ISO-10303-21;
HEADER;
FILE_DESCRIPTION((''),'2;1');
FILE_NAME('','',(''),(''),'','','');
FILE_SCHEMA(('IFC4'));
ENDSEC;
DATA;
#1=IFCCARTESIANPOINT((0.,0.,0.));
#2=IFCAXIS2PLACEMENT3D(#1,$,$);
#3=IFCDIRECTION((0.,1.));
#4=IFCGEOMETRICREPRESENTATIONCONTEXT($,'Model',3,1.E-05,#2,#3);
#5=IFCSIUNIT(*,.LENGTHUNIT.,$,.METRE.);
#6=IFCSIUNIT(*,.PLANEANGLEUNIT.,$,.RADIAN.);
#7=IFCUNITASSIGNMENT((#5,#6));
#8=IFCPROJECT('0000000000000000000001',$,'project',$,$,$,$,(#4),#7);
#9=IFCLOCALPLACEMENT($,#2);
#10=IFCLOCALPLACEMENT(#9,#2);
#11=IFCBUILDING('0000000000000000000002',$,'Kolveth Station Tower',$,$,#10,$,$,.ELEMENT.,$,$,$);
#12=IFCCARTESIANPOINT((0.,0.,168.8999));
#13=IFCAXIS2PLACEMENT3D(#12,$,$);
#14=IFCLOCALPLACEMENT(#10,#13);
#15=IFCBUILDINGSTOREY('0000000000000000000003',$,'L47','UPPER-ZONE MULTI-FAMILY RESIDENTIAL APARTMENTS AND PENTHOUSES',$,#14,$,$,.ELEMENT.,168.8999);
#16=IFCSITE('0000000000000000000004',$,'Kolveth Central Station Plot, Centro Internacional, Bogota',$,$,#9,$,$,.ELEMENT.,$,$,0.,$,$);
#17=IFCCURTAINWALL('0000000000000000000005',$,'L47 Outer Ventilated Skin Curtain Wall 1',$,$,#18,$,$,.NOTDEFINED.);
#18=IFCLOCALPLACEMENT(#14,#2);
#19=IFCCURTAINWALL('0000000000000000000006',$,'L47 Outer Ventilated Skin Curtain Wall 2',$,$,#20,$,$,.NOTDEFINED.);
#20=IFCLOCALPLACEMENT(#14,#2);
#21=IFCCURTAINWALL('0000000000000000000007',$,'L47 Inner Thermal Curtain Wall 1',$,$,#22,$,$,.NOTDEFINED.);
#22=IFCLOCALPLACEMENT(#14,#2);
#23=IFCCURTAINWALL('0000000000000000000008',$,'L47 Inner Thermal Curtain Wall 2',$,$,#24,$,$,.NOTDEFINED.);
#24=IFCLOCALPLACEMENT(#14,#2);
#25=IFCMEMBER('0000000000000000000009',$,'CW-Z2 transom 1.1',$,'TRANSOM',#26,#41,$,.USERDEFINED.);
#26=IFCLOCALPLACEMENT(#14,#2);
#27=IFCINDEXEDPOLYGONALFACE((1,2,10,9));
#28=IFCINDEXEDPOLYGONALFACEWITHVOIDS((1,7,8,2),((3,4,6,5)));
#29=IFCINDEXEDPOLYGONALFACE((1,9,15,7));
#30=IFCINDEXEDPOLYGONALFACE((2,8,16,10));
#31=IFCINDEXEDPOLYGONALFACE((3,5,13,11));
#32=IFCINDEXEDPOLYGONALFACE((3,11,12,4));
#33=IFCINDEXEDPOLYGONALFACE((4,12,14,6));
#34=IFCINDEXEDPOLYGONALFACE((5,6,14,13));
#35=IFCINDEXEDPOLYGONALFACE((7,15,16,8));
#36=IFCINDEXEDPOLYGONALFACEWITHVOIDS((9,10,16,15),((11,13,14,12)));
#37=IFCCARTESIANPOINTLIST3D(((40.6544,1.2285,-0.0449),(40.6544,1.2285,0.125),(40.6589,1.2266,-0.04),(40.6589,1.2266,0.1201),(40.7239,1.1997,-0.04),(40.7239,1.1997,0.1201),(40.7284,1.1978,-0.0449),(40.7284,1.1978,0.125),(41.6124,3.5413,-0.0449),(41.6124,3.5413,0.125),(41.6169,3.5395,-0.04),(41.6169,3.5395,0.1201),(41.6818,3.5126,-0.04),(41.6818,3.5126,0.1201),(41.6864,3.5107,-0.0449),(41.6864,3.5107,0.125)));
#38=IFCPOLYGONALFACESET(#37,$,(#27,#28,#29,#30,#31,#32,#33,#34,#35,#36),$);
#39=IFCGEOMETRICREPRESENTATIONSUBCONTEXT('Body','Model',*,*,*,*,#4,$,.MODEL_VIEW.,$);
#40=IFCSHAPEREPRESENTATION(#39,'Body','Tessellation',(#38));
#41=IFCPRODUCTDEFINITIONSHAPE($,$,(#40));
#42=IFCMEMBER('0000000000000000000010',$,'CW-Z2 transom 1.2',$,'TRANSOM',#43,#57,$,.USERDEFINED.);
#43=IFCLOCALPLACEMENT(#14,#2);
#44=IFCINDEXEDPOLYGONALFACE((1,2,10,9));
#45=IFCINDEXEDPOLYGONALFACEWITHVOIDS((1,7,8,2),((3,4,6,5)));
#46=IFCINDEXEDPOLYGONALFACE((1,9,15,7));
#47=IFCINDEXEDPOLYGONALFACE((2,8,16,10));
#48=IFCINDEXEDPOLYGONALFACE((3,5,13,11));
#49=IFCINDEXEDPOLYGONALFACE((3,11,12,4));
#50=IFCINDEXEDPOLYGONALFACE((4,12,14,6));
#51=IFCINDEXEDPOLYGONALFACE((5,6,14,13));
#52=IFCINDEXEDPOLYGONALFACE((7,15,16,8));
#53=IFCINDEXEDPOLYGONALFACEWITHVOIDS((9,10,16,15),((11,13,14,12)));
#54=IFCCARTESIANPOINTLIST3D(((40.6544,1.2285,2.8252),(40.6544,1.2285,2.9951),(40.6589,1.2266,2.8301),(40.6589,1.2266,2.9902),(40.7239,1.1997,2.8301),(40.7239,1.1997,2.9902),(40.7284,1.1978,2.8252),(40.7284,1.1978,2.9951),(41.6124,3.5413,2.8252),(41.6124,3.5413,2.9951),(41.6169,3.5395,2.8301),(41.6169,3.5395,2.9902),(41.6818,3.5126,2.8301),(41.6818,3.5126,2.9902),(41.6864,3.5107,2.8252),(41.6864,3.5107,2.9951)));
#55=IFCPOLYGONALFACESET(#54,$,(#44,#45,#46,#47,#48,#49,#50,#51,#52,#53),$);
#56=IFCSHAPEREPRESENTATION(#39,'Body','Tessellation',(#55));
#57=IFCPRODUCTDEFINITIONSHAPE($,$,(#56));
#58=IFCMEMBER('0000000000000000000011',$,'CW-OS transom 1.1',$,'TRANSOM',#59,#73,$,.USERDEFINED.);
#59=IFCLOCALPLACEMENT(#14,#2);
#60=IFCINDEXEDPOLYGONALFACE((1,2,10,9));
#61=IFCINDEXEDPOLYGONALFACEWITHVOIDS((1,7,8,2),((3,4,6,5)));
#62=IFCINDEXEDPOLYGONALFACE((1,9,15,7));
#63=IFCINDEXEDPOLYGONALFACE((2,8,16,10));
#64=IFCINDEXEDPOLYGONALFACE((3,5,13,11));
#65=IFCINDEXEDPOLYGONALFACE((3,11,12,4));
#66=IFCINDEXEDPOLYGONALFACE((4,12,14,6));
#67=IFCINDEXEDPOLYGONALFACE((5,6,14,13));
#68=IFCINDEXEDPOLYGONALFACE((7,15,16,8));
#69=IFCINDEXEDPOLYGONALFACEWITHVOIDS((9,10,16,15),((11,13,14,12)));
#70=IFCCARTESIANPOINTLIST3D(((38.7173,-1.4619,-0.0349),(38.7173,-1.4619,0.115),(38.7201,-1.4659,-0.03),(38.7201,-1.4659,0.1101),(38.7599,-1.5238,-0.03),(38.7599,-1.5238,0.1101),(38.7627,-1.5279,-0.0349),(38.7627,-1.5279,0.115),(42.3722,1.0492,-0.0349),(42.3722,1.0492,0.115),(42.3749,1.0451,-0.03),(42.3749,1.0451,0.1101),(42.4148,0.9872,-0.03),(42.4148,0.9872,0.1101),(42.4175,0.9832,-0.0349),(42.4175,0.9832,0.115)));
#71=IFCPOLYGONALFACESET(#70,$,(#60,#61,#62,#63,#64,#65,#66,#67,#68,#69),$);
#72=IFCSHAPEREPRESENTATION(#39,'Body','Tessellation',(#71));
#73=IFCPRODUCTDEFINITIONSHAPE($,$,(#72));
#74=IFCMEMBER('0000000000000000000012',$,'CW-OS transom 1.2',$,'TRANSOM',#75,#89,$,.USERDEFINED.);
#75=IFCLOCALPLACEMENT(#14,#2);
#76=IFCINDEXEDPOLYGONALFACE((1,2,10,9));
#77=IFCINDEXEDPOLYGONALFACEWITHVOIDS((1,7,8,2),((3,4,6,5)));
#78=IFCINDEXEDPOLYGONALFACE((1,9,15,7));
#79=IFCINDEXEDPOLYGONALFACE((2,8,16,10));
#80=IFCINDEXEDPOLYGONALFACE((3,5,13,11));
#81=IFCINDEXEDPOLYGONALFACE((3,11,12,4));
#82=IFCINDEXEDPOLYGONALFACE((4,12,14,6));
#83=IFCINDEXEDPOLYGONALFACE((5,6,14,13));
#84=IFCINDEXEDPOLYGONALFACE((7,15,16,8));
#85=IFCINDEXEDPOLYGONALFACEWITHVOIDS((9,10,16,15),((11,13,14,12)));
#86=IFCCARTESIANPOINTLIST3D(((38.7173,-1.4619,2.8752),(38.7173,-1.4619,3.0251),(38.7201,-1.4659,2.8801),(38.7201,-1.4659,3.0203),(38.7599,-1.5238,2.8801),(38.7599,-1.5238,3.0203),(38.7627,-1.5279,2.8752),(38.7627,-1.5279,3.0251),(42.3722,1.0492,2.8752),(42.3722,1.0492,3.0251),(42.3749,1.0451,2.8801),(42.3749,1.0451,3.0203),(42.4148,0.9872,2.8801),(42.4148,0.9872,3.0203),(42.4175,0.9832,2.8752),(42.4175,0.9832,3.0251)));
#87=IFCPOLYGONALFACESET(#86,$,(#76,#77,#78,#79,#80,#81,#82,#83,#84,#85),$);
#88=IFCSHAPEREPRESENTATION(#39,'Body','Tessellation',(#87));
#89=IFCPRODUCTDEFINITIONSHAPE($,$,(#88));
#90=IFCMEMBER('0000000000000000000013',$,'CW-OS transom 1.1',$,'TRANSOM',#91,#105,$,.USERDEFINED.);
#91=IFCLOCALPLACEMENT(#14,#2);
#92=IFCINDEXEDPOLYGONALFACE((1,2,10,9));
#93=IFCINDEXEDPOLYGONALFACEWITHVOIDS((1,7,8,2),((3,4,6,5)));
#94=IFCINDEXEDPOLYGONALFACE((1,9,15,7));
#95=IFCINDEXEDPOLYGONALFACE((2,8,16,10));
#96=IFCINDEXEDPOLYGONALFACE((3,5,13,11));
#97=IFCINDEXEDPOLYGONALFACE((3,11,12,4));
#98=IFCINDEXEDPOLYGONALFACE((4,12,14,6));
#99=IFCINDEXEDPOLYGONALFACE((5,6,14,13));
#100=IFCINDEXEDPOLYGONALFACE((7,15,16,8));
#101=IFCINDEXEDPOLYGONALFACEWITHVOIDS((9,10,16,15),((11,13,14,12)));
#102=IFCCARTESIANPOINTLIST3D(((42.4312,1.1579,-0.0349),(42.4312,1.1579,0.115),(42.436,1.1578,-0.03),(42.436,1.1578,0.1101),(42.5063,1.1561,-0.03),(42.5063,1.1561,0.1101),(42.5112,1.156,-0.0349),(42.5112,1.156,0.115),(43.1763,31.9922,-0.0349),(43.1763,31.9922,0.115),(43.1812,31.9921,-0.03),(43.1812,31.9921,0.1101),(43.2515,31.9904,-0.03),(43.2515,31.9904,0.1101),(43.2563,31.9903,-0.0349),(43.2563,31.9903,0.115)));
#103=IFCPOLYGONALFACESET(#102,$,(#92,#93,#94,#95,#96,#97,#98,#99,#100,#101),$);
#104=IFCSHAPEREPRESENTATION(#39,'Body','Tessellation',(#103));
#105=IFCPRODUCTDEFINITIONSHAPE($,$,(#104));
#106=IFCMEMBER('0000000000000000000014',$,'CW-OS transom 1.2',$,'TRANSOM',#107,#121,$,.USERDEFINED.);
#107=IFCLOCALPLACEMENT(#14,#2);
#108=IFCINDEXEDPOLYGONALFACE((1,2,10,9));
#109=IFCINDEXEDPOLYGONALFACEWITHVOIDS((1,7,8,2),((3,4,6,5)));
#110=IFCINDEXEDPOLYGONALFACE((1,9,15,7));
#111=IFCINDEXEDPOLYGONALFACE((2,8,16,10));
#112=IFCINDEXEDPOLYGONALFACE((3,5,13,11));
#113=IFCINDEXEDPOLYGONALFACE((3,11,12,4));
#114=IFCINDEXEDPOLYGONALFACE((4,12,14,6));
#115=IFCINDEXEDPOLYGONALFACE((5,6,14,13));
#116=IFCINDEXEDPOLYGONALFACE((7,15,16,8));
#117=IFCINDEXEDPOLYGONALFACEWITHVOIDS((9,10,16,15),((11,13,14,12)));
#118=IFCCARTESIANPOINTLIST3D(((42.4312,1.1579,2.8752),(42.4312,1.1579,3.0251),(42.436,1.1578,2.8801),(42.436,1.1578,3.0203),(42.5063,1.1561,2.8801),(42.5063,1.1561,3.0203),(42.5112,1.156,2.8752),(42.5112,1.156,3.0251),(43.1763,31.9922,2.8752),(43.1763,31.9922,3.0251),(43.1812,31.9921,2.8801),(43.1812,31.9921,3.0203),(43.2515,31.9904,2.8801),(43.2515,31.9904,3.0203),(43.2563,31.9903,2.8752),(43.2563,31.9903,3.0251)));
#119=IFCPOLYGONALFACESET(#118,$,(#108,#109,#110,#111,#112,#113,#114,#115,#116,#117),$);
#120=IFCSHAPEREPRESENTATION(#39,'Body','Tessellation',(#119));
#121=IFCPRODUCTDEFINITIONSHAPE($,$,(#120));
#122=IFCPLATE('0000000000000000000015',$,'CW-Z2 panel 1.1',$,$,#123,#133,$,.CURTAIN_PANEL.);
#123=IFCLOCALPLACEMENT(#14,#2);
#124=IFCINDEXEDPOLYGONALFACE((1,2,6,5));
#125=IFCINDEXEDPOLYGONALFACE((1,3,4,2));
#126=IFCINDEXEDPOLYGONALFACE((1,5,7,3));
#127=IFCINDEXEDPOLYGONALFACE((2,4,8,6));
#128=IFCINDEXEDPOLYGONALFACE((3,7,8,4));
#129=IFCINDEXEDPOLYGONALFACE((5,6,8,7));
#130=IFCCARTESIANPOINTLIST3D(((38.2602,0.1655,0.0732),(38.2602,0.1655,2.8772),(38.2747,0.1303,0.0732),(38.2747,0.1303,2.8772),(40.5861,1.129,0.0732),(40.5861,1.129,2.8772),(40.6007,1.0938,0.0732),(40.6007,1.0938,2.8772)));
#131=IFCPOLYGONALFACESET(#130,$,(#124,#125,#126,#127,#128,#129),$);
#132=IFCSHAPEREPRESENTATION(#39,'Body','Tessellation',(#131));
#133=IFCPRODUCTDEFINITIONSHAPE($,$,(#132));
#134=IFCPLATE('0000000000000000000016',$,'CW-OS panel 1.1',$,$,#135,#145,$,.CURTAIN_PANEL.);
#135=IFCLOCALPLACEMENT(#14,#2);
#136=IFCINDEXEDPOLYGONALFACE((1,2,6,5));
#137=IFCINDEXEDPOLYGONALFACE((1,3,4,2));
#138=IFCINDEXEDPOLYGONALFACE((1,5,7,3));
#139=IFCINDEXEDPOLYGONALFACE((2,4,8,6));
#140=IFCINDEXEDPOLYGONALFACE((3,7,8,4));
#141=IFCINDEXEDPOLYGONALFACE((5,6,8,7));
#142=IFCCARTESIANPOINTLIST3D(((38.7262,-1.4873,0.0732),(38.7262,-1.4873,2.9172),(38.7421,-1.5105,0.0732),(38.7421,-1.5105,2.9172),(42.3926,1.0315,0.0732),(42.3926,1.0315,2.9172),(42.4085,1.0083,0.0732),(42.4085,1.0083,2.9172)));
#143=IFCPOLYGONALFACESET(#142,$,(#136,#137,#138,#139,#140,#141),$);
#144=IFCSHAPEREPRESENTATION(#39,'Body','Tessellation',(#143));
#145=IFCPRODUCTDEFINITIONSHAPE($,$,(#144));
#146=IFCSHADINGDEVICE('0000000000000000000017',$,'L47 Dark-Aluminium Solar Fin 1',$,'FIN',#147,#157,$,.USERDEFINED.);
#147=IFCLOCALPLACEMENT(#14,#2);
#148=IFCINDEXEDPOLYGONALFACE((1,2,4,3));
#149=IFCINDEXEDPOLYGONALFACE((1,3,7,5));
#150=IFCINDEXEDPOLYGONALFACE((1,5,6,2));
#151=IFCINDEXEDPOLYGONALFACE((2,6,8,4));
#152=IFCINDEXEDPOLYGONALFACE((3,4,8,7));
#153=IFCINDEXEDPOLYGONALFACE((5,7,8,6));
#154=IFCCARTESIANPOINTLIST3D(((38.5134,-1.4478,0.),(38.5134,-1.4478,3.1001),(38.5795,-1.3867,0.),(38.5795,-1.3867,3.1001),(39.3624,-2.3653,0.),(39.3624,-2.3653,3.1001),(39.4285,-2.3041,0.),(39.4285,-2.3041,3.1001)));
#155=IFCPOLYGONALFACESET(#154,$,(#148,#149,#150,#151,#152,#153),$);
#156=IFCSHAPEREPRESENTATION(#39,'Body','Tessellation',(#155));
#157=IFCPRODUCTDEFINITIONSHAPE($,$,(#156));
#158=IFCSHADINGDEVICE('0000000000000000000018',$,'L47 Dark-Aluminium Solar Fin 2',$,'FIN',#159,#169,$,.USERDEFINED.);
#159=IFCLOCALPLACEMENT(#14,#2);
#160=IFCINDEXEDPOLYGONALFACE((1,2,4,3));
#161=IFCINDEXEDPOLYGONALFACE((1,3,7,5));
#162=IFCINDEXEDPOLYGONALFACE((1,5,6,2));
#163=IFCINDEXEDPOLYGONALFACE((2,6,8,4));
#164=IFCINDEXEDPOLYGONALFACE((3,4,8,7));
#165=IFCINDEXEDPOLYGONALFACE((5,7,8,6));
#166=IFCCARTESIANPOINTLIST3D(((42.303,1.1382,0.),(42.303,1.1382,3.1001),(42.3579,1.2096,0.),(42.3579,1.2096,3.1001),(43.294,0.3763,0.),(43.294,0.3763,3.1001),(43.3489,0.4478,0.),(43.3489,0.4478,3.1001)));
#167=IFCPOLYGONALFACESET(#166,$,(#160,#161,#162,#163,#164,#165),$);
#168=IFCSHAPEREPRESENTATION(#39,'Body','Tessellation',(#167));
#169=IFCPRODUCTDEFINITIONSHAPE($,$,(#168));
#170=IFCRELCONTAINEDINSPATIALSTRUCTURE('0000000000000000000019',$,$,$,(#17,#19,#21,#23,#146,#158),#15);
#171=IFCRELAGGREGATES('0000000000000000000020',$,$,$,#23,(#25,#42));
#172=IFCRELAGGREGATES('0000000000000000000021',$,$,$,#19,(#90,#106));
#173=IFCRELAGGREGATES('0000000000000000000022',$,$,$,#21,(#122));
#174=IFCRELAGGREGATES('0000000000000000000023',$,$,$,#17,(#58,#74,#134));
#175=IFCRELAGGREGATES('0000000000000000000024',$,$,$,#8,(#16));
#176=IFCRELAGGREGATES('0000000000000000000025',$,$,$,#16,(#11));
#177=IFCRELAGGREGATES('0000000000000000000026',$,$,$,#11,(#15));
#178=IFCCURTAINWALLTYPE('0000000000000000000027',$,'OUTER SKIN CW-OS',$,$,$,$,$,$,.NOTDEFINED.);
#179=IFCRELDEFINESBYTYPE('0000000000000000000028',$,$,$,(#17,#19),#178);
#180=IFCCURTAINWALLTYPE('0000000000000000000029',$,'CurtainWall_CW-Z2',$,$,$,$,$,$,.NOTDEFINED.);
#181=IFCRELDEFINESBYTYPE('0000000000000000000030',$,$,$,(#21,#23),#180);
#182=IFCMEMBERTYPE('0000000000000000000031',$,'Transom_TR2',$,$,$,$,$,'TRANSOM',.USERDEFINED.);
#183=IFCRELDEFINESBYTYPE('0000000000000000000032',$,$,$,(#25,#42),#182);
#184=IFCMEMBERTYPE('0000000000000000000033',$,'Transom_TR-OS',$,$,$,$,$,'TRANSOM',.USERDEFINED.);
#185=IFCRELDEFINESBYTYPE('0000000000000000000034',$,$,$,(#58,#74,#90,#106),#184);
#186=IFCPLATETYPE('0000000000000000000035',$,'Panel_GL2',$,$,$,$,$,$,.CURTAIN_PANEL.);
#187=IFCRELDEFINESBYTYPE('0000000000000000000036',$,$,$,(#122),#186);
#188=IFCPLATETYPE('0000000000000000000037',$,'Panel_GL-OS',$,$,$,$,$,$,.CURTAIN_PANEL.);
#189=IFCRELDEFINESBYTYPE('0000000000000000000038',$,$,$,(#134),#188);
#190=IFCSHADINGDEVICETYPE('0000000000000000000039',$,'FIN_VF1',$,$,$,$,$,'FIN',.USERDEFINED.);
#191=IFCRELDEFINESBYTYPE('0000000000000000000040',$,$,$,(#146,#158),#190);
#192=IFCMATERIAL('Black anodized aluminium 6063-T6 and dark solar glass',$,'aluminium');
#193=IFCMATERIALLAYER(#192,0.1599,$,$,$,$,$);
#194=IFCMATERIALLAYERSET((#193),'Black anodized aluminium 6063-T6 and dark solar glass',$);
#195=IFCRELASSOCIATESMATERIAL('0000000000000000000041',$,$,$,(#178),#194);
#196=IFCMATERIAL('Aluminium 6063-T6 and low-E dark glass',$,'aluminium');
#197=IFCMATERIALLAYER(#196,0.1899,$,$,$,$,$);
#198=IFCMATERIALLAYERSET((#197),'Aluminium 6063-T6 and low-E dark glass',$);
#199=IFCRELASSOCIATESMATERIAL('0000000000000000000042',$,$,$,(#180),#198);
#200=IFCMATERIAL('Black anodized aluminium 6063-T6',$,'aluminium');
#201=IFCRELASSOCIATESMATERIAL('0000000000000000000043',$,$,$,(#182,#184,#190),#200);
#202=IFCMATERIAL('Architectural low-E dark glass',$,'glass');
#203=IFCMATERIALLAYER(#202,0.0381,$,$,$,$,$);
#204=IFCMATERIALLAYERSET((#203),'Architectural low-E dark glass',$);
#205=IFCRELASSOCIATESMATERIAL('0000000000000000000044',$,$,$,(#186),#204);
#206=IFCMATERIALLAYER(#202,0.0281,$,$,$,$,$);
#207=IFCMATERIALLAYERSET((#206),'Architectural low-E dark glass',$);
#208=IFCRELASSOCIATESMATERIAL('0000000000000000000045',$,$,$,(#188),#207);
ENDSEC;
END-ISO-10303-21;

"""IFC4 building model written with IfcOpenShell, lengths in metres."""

from ifc_helpers import new_model, si_unit, direction, frame, origin, origin_2d, place, context, subcontext, project, spatial, rectangle, hollow_rectangle, extrude, source, transform, mapped, material, layer, layer_set, material_profile, profile_set, type_object, element, aggregate, save


model = new_model("IFC4")

# Units and contexts
model_context = context("Model", 3, precision=1e-05, world=origin(), true_north=direction((0.0, 1.0)))
body_context = subcontext(model_context, "Body", "Model", "MODEL_VIEW")
ifc_project = project(units=[si_unit("LENGTHUNIT", "METRE"), si_unit("PLANEANGLEUNIT", "RADIAN")], contexts=[model_context])

# Site, building, storey
site_placement = place(None, origin())
site = spatial("IfcSite", under=ifc_project, at=site_placement, Name="Kolveth Central Station Plot, Centro Internacional, Bogota", CompositionType="ELEMENT", RefElevation=0.0)
building_placement = place(site_placement, origin())
building = spatial("IfcBuilding", under=site, at=building_placement, Name="Kolveth Station Tower", CompositionType="ELEMENT")
storey_placement = place(building_placement, frame((0.0, 0.0, 168.8999)))
storey = spatial("IfcBuildingStorey", under=building, at=storey_placement, Name="L47", Description="UPPER-ZONE MULTI-FAMILY RESIDENTIAL APARTMENTS AND PENTHOUSES", CompositionType="ELEMENT", Elevation=168.8999)

# Curtain wall
ifc_material_1 = material(Name="Black anodized aluminium 6063-T6 and dark solar glass", Category="aluminium")
ifc_layer_1 = layer(ifc_material_1, 0.1599)
ifc_layer_set_1 = layer_set([ifc_layer_1], Name="Black anodized aluminium 6063-T6 and dark solar glass")
curtain_wall_type_1 = type_object("IfcCurtainWallType", Name="OUTER SKIN CW-OS", PredefinedType="NOTDEFINED", material=ifc_layer_set_1)
curtain_wall_1_placement = place(storey_placement, origin())
curtain_wall_1 = element("IfcCurtainWall", 1, at=curtain_wall_1_placement, inside=storey, type_object=curtain_wall_type_1, Name="L47 Outer Ventilated Skin Curtain Wall 1", PredefinedType="NOTDEFINED")
ifc_material_2 = material(Name="Black anodized aluminium 6063-T6", Category="aluminium")

# Curtain wall
curtain_wall_2_placement = place(storey_placement, origin())
curtain_wall_2 = element("IfcCurtainWall", 2, at=curtain_wall_2_placement, inside=storey, type_object=curtain_wall_type_1, Name="L47 Outer Ventilated Skin Curtain Wall 2", PredefinedType="NOTDEFINED")

# Curtain wall
ifc_material_3 = material(Name="Aluminium 6063-T6 and low-E dark glass", Category="aluminium")
ifc_layer_2 = layer(ifc_material_3, 0.1899)
ifc_layer_set_2 = layer_set([ifc_layer_2], Name="Aluminium 6063-T6 and low-E dark glass")
curtain_wall_type_2 = type_object("IfcCurtainWallType", Name="CurtainWall_CW-Z2", PredefinedType="NOTDEFINED", material=ifc_layer_set_2)
curtain_wall_3_placement = place(storey_placement, origin())
curtain_wall_3 = element("IfcCurtainWall", 3, at=curtain_wall_3_placement, inside=storey, type_object=curtain_wall_type_2, Name="L47 Inner Thermal Curtain Wall 1", PredefinedType="NOTDEFINED")

# Curtain wall
curtain_wall_4_placement = place(storey_placement, origin())
curtain_wall_4 = element("IfcCurtainWall", 4, at=curtain_wall_4_placement, inside=storey, type_object=curtain_wall_type_2, Name="L47 Inner Thermal Curtain Wall 2", PredefinedType="NOTDEFINED")

# Members
ifc_material_profile_1 = material_profile(ifc_material_2, hollow_rectangle(XDim=0.0801, YDim=0.1699, WallThickness=0.0049, at=origin_2d()), Name="ALU-80x170x5")
ifc_profile_set_1 = profile_set([ifc_material_profile_1], Name="Black anodized aluminium 6063-T6")
member_type_1 = type_object("IfcMemberType", Name="Transom_TR2", ElementType="TRANSOM", PredefinedType="USERDEFINED", material=ifc_profile_set_1)
shared_shape_1 = source(origin(), body_context, "Body", "SweptSolid", [
    extrude(hollow_rectangle(XDim=0.0801, YDim=0.1699, WallThickness=0.0049, at=origin_2d()), origin(), (0.0, 0.0, 1.0), 2.5034),
])
member_1_placement = place(storey_placement, frame((40.6914, 1.2131, 0.04), z_axis=(0.382662, 0.923888, 0.0), x_axis=(-0.923888, 0.382662, 0.0)))
member_1 = element("IfcMember", 5, at=member_1_placement, type_object=member_type_1, Name="CW-Z2 transom 1.1", ObjectType="TRANSOM", PredefinedType="USERDEFINED", context=body_context, shape_type="MappedRepresentation", body=[
    mapped(shared_shape_1, transform((0.0, 0.0, 0.0), x_axis=(1.0, 0.0, 0.0), y_axis=(0.0, 1.0, 0.0), z_axis=(0.0, 0.0, 1.0), scale=1.0)),
])
member_2_placement = place(storey_placement, frame((40.6914, 1.2131, 2.9102), z_axis=(0.382662, 0.923888, 0.0), x_axis=(-0.923888, 0.382662, 0.0)))
member_2 = element("IfcMember", 6, at=member_2_placement, type_object=member_type_1, Name="CW-Z2 transom 1.2", ObjectType="TRANSOM", PredefinedType="USERDEFINED", context=body_context, shape_type="MappedRepresentation", body=[
    mapped(shared_shape_1, transform((0.0, 0.0, 0.0), x_axis=(1.0, 0.0, 0.0), y_axis=(0.0, 1.0, 0.0), z_axis=(0.0, 0.0, 1.0), scale=1.0)),
])
aggregate(curtain_wall_4, [member_1, member_2])
ifc_material_profile_2 = material_profile(ifc_material_2, hollow_rectangle(XDim=0.0801, YDim=0.1499, WallThickness=0.0049, at=origin_2d()), Name="ALU-80x150x5")
ifc_profile_set_2 = profile_set([ifc_material_profile_2], Name="Black anodized aluminium 6063-T6")
member_type_2 = type_object("IfcMemberType", Name="Transom_TR-OS", ElementType="TRANSOM", PredefinedType="USERDEFINED", material=ifc_profile_set_2)
shared_shape_2 = source(origin(), body_context, "Body", "SweptSolid", [
    extrude(hollow_rectangle(XDim=0.0801, YDim=0.1499, WallThickness=0.0049, at=origin_2d()), origin(), (0.0, 0.0, 1.0), 4.4343),
])
member_3_placement = place(storey_placement, frame((38.74, -1.4949, 0.04), z_axis=(0.824219, 0.566272, 0.0), x_axis=(-0.566272, 0.824219, 0.0)))
member_3 = element("IfcMember", 7, at=member_3_placement, type_object=member_type_2, Name="CW-OS transom 1.1", ObjectType="TRANSOM", PredefinedType="USERDEFINED", context=body_context, shape_type="MappedRepresentation", body=[
    mapped(shared_shape_2, transform((0.0, 0.0, 0.0), x_axis=(1.0, 0.0, 0.0), y_axis=(0.0, 1.0, 0.0), z_axis=(0.0, 0.0, 1.0), scale=1.0)),
])
member_4_placement = place(storey_placement, frame((38.74, -1.4949, 2.9502), z_axis=(0.824219, 0.566272, 0.0), x_axis=(-0.566272, 0.824219, 0.0)))
member_4 = element("IfcMember", 8, at=member_4_placement, type_object=member_type_2, Name="CW-OS transom 1.2", ObjectType="TRANSOM", PredefinedType="USERDEFINED", context=body_context, shape_type="MappedRepresentation", body=[
    mapped(shared_shape_2, transform((0.0, 0.0, 0.0), x_axis=(1.0, 0.0, 0.0), y_axis=(0.0, 1.0, 0.0), z_axis=(0.0, 0.0, 1.0), scale=1.0)),
])
shared_shape_3 = source(origin(), body_context, "Body", "SweptSolid", [
    extrude(hollow_rectangle(XDim=0.0801, YDim=0.1499, WallThickness=0.0049, at=origin_2d()), origin(), (0.0, 0.0, 1.0), 30.8433),
])
member_5_placement = place(storey_placement, frame((42.4712, 1.157, 0.04), z_axis=(0.024158, 0.999708, 0.0), x_axis=(-0.999708, 0.024158, 0.0)))
member_5 = element("IfcMember", 9, at=member_5_placement, type_object=member_type_2, Name="CW-OS transom 1.1", ObjectType="TRANSOM", PredefinedType="USERDEFINED", context=body_context, shape_type="MappedRepresentation", body=[
    mapped(shared_shape_3, transform((0.0, 0.0, 0.0), x_axis=(1.0, 0.0, 0.0), y_axis=(0.0, 1.0, 0.0), z_axis=(0.0, 0.0, 1.0), scale=1.0)),
])
member_6_placement = place(storey_placement, frame((42.4712, 1.157, 2.9502), z_axis=(0.024158, 0.999708, 0.0), x_axis=(-0.999708, 0.024158, 0.0)))
member_6 = element("IfcMember", 10, at=member_6_placement, type_object=member_type_2, Name="CW-OS transom 1.2", ObjectType="TRANSOM", PredefinedType="USERDEFINED", context=body_context, shape_type="MappedRepresentation", body=[
    mapped(shared_shape_3, transform((0.0, 0.0, 0.0), x_axis=(1.0, 0.0, 0.0), y_axis=(0.0, 1.0, 0.0), z_axis=(0.0, 0.0, 1.0), scale=1.0)),
])
aggregate(curtain_wall_2, [member_5, member_6])

# Plates
ifc_material_4 = material(Name="Architectural low-E dark glass", Category="glass")
ifc_layer_3 = layer(ifc_material_4, 0.0381)
ifc_layer_set_3 = layer_set([ifc_layer_3], Name="Architectural low-E dark glass")
plate_type_1 = type_object("IfcPlateType", Name="Panel_GL2", PredefinedType="CURTAIN_PANEL", material=ifc_layer_set_3)
shared_shape_4 = source(origin(), body_context, "Body", "SweptSolid", [
    extrude(rectangle(XDim=2.5176, YDim=0.0381, at=origin_2d()), origin(), (0.0, 0.0, 1.0), 2.804),
])
plate_1_placement = place(storey_placement, frame((39.4304, 0.6296, 0.0732), z_axis=(0.0, 0.0, 1.0), x_axis=(0.923874, 0.382698, 0.0)))
plate_1 = element("IfcPlate", 11, at=plate_1_placement, type_object=plate_type_1, Name="CW-Z2 panel 1.1", PredefinedType="CURTAIN_PANEL", context=body_context, shape_type="MappedRepresentation", body=[
    mapped(shared_shape_4, transform((0.0, 0.0, 0.0), x_axis=(1.0, 0.0, 0.0), y_axis=(0.0, 1.0, 0.0), z_axis=(0.0, 0.0, 1.0), scale=1.0)),
])
aggregate(curtain_wall_3, [plate_1])
ifc_layer_4 = layer(ifc_material_4, 0.0281)
ifc_layer_set_4 = layer_set([ifc_layer_4], Name="Architectural low-E dark glass")
plate_type_2 = type_object("IfcPlateType", Name="Panel_GL-OS", PredefinedType="CURTAIN_PANEL", material=ifc_layer_set_4)
shared_shape_5 = source(origin(), body_context, "Body", "SweptSolid", [
    extrude(rectangle(XDim=4.4482, YDim=0.0281, at=origin_2d()), origin(), (0.0, 0.0, 1.0), 2.844),
])
plate_2_placement = place(storey_placement, frame((40.5674, -0.2395, 0.0732), z_axis=(0.0, 0.0, 1.0), x_axis=(0.824234, 0.566249, 0.0)))
plate_2 = element("IfcPlate", 12, at=plate_2_placement, type_object=plate_type_2, Name="CW-OS panel 1.1", PredefinedType="CURTAIN_PANEL", context=body_context, shape_type="MappedRepresentation", body=[
    mapped(shared_shape_5, transform((0.0, 0.0, 0.0), x_axis=(1.0, 0.0, 0.0), y_axis=(0.0, 1.0, 0.0), z_axis=(0.0, 0.0, 1.0), scale=1.0)),
])
aggregate(curtain_wall_1, [member_3, member_4, plate_2])

# Shading devices
shading_device_type = type_object("IfcShadingDeviceType", Name="FIN_VF1", ElementType="FIN", PredefinedType="USERDEFINED", material=ifc_material_2)
shared_shape_6 = source(origin(), body_context, "Body", "SweptSolid", [
    extrude(rectangle(XDim=1.25, YDim=0.0901, at=origin_2d()), origin(), (0.0, 0.0, 1.0), 3.1001),
])
for number, where, z_axis, x_axis, name in (
    (13, (38.9709, -1.876, 0.0), (0.0, 0.0, 1.0), (0.679185, -0.733967, 0.0), "L47 Dark-Aluminium Solar Fin 1"),
    (14, (42.8259, 0.793, 0.0), (0.0, 0.0, 1.0), (0.792822, -0.609454, 0.0), "L47 Dark-Aluminium Solar Fin 2"),
):
    element("IfcShadingDevice", number, at=place(storey_placement, frame(where, z_axis=z_axis, x_axis=x_axis)), inside=storey, type_object=shading_device_type, Name=name, ObjectType="FIN", PredefinedType="USERDEFINED", context=body_context, shape_type="MappedRepresentation", body=[
        mapped(shared_shape_6, transform((0.0, 0.0, 0.0), x_axis=(1.0, 0.0, 0.0), y_axis=(0.0, 1.0, 0.0), z_axis=(0.0, 0.0, 1.0), scale=1.0)),
    ])

save(model, "model.ifc")
